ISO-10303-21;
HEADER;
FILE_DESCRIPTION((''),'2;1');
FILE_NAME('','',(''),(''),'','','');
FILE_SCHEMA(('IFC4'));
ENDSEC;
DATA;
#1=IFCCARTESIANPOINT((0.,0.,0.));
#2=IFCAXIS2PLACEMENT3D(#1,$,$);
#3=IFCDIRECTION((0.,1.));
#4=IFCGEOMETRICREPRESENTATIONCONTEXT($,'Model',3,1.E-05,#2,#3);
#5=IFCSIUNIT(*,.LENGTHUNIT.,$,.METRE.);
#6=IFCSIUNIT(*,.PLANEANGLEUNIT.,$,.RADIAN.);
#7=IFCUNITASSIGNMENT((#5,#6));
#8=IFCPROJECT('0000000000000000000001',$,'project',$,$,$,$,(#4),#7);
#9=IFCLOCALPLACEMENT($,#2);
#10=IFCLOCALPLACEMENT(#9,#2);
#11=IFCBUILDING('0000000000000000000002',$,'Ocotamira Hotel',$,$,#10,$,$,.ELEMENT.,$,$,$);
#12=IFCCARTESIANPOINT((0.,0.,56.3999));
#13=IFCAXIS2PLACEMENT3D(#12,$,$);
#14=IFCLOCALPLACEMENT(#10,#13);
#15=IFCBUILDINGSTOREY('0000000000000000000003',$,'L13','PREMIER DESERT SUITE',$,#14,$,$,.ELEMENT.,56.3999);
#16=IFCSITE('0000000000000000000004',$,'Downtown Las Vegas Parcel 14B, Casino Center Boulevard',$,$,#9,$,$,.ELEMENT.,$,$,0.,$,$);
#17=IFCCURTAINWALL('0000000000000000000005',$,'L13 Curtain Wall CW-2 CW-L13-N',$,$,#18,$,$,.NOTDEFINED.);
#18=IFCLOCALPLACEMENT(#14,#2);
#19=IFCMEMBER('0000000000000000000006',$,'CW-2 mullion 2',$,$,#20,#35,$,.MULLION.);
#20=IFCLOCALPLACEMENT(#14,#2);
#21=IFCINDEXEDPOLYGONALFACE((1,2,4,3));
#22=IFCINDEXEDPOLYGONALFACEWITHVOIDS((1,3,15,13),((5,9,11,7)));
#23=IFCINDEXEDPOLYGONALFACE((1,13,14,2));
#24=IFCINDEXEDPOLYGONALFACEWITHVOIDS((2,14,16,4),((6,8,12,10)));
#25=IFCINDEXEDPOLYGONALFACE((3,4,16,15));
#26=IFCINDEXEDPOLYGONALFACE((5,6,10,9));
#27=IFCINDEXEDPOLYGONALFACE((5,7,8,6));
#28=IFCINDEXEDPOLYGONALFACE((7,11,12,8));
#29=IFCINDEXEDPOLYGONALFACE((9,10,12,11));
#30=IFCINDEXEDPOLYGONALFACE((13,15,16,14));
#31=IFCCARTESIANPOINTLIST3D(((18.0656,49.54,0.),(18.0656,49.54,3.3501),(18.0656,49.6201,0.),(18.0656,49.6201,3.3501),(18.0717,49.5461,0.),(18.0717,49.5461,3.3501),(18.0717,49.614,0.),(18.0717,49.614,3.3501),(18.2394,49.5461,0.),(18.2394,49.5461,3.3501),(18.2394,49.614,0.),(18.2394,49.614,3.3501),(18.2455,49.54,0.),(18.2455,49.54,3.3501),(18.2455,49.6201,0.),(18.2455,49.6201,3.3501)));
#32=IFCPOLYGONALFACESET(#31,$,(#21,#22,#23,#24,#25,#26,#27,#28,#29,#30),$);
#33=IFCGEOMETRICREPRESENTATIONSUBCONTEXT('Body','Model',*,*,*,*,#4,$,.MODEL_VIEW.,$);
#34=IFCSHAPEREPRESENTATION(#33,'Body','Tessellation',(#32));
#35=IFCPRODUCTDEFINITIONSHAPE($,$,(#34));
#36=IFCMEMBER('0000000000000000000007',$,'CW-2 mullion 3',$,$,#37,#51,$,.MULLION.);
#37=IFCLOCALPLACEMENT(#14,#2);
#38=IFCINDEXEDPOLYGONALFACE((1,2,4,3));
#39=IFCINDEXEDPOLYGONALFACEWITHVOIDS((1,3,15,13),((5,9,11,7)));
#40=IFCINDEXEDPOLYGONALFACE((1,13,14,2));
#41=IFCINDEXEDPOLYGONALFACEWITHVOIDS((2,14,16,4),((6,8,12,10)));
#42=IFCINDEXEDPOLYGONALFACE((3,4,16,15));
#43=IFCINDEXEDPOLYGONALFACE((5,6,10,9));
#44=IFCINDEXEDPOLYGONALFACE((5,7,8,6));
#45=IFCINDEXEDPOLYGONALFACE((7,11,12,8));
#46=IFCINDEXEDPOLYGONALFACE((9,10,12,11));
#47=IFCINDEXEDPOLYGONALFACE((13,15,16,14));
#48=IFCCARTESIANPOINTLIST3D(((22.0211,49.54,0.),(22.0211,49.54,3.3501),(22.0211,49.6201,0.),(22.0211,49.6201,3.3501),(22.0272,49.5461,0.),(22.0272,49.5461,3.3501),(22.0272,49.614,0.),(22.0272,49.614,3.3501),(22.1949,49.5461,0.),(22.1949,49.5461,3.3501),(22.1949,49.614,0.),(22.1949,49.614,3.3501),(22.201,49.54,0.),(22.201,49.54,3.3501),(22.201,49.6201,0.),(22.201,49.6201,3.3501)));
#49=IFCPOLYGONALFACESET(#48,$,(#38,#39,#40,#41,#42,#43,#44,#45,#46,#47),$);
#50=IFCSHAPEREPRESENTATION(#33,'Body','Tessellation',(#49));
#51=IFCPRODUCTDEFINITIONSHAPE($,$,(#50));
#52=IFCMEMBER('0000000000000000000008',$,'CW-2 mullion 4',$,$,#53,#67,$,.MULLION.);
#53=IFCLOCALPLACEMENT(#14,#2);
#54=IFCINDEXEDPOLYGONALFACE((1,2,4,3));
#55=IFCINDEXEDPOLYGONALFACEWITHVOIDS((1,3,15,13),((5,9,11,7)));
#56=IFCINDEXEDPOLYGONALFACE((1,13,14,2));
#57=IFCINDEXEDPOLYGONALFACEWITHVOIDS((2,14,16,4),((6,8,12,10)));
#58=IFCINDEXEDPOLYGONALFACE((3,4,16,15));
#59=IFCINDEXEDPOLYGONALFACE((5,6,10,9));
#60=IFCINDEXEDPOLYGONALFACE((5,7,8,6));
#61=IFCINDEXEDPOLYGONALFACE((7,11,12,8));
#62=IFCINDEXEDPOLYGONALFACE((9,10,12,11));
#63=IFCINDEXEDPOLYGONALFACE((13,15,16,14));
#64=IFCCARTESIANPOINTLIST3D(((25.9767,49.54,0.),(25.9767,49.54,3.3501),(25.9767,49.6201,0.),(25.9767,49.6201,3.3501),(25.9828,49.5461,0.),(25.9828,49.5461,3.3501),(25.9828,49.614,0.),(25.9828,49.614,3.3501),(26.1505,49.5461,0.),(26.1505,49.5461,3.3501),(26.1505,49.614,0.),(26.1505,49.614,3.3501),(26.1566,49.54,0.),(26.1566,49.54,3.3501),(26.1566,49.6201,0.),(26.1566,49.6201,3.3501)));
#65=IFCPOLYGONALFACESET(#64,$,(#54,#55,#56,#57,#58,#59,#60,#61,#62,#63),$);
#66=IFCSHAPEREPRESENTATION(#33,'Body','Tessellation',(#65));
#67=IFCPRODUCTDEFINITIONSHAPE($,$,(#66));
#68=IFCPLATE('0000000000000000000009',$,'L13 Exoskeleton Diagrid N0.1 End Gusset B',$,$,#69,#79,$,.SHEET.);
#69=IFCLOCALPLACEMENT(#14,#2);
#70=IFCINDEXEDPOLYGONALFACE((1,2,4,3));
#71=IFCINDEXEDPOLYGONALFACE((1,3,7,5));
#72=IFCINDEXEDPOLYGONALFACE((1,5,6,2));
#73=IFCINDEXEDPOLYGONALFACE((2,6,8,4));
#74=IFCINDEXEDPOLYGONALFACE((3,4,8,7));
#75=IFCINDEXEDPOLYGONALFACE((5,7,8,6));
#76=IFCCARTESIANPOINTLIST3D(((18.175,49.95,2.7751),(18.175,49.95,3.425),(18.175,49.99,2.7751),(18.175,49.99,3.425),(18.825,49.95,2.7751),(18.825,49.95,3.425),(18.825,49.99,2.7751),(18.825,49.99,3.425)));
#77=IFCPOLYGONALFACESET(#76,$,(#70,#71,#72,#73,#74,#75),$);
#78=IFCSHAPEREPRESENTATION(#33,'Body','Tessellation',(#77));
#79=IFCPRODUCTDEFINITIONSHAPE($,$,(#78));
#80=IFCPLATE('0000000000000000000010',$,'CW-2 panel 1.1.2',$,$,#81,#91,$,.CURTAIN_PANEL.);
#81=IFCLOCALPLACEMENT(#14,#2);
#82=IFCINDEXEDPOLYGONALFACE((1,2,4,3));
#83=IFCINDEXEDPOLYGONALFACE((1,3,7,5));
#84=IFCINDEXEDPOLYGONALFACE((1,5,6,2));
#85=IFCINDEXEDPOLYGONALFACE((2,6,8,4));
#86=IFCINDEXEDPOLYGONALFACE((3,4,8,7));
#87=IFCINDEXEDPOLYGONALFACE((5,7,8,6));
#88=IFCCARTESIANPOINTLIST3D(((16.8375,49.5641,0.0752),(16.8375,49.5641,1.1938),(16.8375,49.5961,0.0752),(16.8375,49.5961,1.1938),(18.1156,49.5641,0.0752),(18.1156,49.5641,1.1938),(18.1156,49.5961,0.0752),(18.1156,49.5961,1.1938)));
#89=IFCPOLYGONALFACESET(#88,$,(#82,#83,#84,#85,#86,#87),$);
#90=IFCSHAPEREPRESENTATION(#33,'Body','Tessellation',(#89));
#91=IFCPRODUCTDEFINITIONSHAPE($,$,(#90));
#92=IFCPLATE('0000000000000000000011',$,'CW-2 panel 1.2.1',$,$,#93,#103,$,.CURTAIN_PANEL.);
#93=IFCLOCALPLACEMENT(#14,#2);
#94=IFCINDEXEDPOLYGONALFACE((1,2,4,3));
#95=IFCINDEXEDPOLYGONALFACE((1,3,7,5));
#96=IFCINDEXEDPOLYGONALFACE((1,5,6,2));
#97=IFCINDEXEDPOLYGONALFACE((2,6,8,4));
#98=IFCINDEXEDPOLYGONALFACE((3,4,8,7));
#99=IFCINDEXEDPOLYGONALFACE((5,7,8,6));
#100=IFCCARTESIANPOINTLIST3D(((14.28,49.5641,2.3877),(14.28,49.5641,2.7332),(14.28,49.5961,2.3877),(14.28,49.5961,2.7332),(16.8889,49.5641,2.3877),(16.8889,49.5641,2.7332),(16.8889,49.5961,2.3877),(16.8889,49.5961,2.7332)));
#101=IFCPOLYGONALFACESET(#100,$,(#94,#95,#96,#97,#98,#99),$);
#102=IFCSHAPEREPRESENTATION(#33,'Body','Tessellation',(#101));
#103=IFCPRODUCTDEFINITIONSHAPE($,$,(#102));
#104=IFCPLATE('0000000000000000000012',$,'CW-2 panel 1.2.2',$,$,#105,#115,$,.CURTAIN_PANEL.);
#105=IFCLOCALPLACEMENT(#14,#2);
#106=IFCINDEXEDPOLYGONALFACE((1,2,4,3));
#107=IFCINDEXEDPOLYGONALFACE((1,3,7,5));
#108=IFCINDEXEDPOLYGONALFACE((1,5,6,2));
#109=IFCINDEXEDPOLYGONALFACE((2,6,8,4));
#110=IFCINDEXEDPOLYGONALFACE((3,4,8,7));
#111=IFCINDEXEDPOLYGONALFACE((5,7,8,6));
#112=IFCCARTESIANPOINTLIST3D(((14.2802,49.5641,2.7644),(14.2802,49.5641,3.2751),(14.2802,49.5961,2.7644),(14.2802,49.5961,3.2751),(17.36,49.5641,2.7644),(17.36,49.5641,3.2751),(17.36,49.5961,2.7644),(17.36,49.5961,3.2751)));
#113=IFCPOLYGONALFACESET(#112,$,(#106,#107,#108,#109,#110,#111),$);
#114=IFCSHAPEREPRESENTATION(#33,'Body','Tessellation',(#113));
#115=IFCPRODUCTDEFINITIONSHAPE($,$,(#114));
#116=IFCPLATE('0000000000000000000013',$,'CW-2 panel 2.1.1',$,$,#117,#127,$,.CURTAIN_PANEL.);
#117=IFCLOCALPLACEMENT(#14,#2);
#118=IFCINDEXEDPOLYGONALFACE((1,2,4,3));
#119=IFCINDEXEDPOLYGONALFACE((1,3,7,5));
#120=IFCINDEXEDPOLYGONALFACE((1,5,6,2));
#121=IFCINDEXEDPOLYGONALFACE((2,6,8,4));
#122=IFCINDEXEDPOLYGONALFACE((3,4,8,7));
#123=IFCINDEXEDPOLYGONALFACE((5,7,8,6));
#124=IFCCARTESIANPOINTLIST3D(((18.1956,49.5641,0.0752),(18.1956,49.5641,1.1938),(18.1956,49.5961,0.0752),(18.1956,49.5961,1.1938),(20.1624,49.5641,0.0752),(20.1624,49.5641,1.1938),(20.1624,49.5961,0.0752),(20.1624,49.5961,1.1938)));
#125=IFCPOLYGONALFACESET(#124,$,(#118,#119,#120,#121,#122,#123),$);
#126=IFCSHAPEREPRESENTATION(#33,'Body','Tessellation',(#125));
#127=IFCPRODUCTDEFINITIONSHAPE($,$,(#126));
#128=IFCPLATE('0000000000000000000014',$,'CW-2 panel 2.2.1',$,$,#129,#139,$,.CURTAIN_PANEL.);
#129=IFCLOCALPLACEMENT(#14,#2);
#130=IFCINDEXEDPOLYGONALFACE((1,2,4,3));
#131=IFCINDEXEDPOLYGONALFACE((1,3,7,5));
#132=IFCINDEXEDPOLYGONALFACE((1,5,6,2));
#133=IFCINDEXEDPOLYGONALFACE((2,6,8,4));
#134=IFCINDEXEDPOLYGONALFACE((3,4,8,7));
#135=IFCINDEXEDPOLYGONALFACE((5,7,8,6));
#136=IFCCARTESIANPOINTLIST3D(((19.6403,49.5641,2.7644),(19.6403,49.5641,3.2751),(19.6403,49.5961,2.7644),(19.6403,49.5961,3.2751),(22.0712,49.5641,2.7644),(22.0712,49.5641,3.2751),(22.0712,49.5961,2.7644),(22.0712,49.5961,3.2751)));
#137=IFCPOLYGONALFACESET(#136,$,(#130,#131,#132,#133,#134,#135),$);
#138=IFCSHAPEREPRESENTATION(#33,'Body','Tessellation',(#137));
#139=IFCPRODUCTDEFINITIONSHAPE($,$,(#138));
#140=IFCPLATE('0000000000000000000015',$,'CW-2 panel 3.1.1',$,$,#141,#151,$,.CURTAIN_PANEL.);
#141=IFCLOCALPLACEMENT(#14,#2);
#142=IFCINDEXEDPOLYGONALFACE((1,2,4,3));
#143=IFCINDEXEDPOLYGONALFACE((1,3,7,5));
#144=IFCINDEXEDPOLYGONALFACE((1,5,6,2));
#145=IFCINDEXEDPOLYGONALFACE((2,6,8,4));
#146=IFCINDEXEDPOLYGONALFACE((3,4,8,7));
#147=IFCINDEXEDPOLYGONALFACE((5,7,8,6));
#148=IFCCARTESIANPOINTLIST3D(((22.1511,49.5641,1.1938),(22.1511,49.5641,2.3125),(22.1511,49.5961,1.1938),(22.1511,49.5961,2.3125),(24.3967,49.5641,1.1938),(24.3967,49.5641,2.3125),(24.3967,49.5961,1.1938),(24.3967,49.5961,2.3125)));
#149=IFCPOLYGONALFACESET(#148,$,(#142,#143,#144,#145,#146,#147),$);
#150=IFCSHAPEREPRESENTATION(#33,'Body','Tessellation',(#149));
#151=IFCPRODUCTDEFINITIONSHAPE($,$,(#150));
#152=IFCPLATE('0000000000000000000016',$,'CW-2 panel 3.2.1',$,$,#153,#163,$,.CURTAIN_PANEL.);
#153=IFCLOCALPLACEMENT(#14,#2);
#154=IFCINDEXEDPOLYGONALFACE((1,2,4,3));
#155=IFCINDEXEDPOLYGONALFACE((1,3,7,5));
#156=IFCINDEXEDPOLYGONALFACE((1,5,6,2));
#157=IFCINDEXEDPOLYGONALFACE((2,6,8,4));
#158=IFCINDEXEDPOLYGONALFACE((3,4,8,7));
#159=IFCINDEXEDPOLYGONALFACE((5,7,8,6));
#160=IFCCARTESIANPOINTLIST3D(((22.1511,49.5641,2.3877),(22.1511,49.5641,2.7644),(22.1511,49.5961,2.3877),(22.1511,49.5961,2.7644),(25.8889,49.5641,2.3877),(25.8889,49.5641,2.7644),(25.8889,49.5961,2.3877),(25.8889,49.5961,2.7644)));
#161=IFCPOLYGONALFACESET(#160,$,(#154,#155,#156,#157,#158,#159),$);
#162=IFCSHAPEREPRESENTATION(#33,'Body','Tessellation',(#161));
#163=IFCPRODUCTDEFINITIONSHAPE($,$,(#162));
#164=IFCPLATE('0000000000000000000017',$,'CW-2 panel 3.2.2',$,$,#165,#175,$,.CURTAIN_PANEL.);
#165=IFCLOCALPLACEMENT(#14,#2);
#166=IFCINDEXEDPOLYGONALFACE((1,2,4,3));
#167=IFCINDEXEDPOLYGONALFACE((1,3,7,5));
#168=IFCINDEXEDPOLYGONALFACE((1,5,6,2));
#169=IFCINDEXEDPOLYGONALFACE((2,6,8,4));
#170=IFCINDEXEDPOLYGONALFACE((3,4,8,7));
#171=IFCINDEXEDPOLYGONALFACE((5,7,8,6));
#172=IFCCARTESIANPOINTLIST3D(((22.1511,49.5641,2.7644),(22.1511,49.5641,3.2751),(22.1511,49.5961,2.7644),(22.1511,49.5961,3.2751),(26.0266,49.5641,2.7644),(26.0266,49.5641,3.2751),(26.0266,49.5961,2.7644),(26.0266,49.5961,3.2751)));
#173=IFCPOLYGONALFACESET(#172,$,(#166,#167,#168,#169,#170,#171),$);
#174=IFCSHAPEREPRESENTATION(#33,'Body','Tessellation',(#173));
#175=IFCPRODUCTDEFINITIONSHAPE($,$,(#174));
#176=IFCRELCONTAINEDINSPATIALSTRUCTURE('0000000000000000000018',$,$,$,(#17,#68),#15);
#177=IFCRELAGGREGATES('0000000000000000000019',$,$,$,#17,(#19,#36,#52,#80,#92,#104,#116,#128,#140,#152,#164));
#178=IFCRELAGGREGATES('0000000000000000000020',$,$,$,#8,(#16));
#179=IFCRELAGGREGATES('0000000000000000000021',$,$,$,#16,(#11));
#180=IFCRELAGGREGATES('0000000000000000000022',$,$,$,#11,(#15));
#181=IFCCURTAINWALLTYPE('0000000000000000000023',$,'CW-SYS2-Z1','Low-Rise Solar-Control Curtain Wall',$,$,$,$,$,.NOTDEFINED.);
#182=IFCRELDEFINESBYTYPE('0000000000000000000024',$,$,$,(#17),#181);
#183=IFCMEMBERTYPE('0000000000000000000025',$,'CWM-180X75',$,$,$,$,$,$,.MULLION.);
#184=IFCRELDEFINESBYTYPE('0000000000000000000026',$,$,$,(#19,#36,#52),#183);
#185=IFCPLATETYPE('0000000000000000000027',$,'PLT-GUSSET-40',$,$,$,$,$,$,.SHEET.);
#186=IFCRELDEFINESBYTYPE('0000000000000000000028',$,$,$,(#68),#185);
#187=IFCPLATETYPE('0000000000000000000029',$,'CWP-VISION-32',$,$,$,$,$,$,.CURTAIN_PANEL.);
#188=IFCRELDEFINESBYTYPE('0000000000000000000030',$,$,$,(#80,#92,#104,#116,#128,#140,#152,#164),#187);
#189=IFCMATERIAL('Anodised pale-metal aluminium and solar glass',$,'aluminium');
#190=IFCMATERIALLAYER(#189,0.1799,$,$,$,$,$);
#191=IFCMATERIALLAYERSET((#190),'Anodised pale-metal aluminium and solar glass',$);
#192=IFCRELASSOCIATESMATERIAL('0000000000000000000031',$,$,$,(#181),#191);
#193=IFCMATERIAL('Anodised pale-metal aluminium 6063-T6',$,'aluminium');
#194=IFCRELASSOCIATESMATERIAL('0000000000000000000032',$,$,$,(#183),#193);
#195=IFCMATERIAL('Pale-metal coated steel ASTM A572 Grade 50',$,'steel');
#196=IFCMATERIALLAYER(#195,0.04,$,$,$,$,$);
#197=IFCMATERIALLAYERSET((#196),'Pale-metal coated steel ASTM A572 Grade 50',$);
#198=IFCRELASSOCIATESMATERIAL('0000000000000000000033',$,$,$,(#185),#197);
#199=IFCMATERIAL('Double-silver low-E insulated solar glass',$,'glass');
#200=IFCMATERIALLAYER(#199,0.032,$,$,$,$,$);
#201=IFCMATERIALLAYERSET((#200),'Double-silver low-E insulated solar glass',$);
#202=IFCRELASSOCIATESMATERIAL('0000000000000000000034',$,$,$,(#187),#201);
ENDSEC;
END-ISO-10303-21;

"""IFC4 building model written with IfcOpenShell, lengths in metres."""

from ifc_helpers import new_model, si_unit, direction, frame, origin, origin_2d, place, context, subcontext, project, spatial, rectangle, hollow_rectangle, extrude, source, transform, mapped, material, layer, layer_set, material_profile, profile_set, type_object, element, aggregate, save


model = new_model("IFC4")

# Units and contexts
model_context = context("Model", 3, precision=1e-05, world=origin(), true_north=direction((0.0, 1.0)))
body_context = subcontext(model_context, "Body", "Model", "MODEL_VIEW")
ifc_project = project(units=[si_unit("LENGTHUNIT", "METRE"), si_unit("PLANEANGLEUNIT", "RADIAN")], contexts=[model_context])

# Site, building, storey
site_placement = place(None, origin())
site = spatial("IfcSite", under=ifc_project, at=site_placement, Name="Downtown Las Vegas Parcel 14B, Casino Center Boulevard", CompositionType="ELEMENT", RefElevation=0.0)
building_placement = place(site_placement, origin())
building = spatial("IfcBuilding", under=site, at=building_placement, Name="Ocotamira Hotel", CompositionType="ELEMENT")
storey_placement = place(building_placement, frame((0.0, 0.0, 56.3999)))
storey = spatial("IfcBuildingStorey", under=building, at=storey_placement, Name="L13", Description="PREMIER DESERT SUITE", CompositionType="ELEMENT", Elevation=56.3999)

# Curtain wall, members
ifc_material_1 = material(Name="Anodised pale-metal aluminium and solar glass", Category="aluminium")
ifc_layer_1 = layer(ifc_material_1, 0.1799)
ifc_layer_set_1 = layer_set([ifc_layer_1], Name="Anodised pale-metal aluminium and solar glass")
curtain_wall_type = type_object("IfcCurtainWallType", Name="CW-SYS2-Z1", Description="Low-Rise Solar-Control Curtain Wall", PredefinedType="NOTDEFINED", material=ifc_layer_set_1)
curtain_wall_placement = place(storey_placement, origin())
curtain_wall = element("IfcCurtainWall", 1, at=curtain_wall_placement, inside=storey, type_object=curtain_wall_type, Name="L13 Curtain Wall CW-2 CW-L13-N", PredefinedType="NOTDEFINED")
ifc_material_2 = material(Name="Anodised pale-metal aluminium 6063-T6", Category="aluminium")
ifc_material_profile_1 = material_profile(ifc_material_2, hollow_rectangle(XDim=0.0801, YDim=0.1799, WallThickness=0.0061, at=origin_2d()), Name="HSS180X80X6")
ifc_profile_set_1 = profile_set([ifc_material_profile_1], Name="Anodised pale-metal aluminium 6063-T6")
member_type_1 = type_object("IfcMemberType", Name="CWM-180X75", PredefinedType="MULLION", material=ifc_profile_set_1)
shared_shape_1 = source(origin(), body_context, "Body", "SweptSolid", [
    extrude(hollow_rectangle(XDim=0.0801, YDim=0.1799, WallThickness=0.0061, at=origin_2d()), origin(), (0.0, 0.0, 1.0), 3.3501),
])
member_1_placement = place(storey_placement, frame((18.1555, 49.5801, 0.0), z_axis=(0.0, 0.0, 1.0), x_axis=(0.0, 1.0, 0.0)))
member_1 = element("IfcMember", 2, at=member_1_placement, type_object=member_type_1, Name="CW-2 mullion 2", PredefinedType="MULLION", context=body_context, shape_type="MappedRepresentation", body=[
    mapped(shared_shape_1, transform((0.0, 0.0, 0.0), scale=1.0)),
])
member_2_placement = place(storey_placement, frame((22.1111, 49.5801, 0.0), z_axis=(0.0, 0.0, 1.0), x_axis=(0.0, 1.0, 0.0)))
member_2 = element("IfcMember", 3, at=member_2_placement, type_object=member_type_1, Name="CW-2 mullion 3", PredefinedType="MULLION", context=body_context, shape_type="MappedRepresentation", body=[
    mapped(shared_shape_1, transform((0.0, 0.0, 0.0), scale=1.0)),
])
member_3_placement = place(storey_placement, frame((26.0667, 49.5801, 0.0), z_axis=(0.0, 0.0, 1.0), x_axis=(0.0, 1.0, 0.0)))
member_3 = element("IfcMember", 4, at=member_3_placement, type_object=member_type_1, Name="CW-2 mullion 4", PredefinedType="MULLION", context=body_context, shape_type="MappedRepresentation", body=[
    mapped(shared_shape_1, transform((0.0, 0.0, 0.0), scale=1.0)),
])

# Plates
ifc_material_3 = material(Name="Pale-metal coated steel ASTM A572 Grade 50", Category="steel")
ifc_layer_2 = layer(ifc_material_3, 0.04)
ifc_layer_set_2 = layer_set([ifc_layer_2], Name="Pale-metal coated steel ASTM A572 Grade 50")
plate_type_1 = type_object("IfcPlateType", Name="PLT-GUSSET-40", PredefinedType="SHEET", material=ifc_layer_set_2)
shared_shape_2 = source(origin(), body_context, "Body", "SweptSolid", [
    extrude(rectangle(XDim=0.6499, YDim=0.04, at=origin_2d()), origin(), (0.0, 0.0, 1.0), 0.6499),
])
plate_1_placement = place(storey_placement, frame((18.5, 49.97, 2.7751), z_axis=(0.0, 0.0, 1.0), x_axis=(1.0, 0.0, 0.0)))
element("IfcPlate", 5, at=plate_1_placement, inside=storey, type_object=plate_type_1, Name="L13 Exoskeleton Diagrid N0.1 End Gusset B", PredefinedType="SHEET", context=body_context, shape_type="MappedRepresentation", body=[
    mapped(shared_shape_2, transform((0.0, 0.0, 0.0), scale=1.0)),
])
ifc_material_4 = material(Name="Double-silver low-E insulated solar glass", Category="glass")
ifc_layer_3 = layer(ifc_material_4, 0.032)
ifc_layer_set_3 = layer_set([ifc_layer_3], Name="Double-silver low-E insulated solar glass")
plate_type_2 = type_object("IfcPlateType", Name="CWP-VISION-32", PredefinedType="CURTAIN_PANEL", material=ifc_layer_set_3)
shared_shape_3 = source(origin(), body_context, "Body", "SweptSolid", [
    extrude(rectangle(XDim=1.2781, YDim=0.032, at=origin_2d()), origin(), (0.0, 0.0, 1.0), 1.1187),
])
plate_2_placement = place(storey_placement, frame((17.4766, 49.5801, 0.0752), z_axis=(0.0, 0.0, 1.0), x_axis=(1.0, 0.0, 0.0)))
plate_2 = element("IfcPlate", 6, at=plate_2_placement, type_object=plate_type_2, Name="CW-2 panel 1.1.2", PredefinedType="CURTAIN_PANEL", context=body_context, shape_type="MappedRepresentation", body=[
    mapped(shared_shape_3, transform((0.0, 0.0, 0.0), scale=1.0)),
])
shared_shape_4 = source(origin(), body_context, "Body", "SweptSolid", [
    extrude(rectangle(XDim=2.6089, YDim=0.032, at=origin_2d()), origin(), (0.0, 0.0, 1.0), 0.3455),
])
plate_3_placement = place(storey_placement, frame((15.5845, 49.5801, 2.3877), z_axis=(0.0, 0.0, 1.0), x_axis=(1.0, 0.0, 0.0)))
plate_3 = element("IfcPlate", 7, at=plate_3_placement, type_object=plate_type_2, Name="CW-2 panel 1.2.1", PredefinedType="CURTAIN_PANEL", context=body_context, shape_type="MappedRepresentation", body=[
    mapped(shared_shape_4, transform((0.0, 0.0, 0.0), scale=1.0)),
])
shared_shape_5 = source(origin(), body_context, "Body", "SweptSolid", [
    extrude(rectangle(XDim=3.0798, YDim=0.032, at=origin_2d()), origin(), (0.0, 0.0, 1.0), 0.5107),
])
plate_4_placement = place(storey_placement, frame((15.8201, 49.5801, 2.7644), z_axis=(0.0, 0.0, 1.0), x_axis=(1.0, 0.0, 0.0)))
plate_4 = element("IfcPlate", 8, at=plate_4_placement, type_object=plate_type_2, Name="CW-2 panel 1.2.2", PredefinedType="CURTAIN_PANEL", context=body_context, shape_type="MappedRepresentation", body=[
    mapped(shared_shape_5, transform((0.0, 0.0, 0.0), scale=1.0)),
])
shared_shape_6 = source(origin(), body_context, "Body", "SweptSolid", [
    extrude(rectangle(XDim=1.9668, YDim=0.032, at=origin_2d()), origin(), (0.0, 0.0, 1.0), 1.1187),
])
plate_5_placement = place(storey_placement, frame((19.179, 49.5801, 0.0752), z_axis=(0.0, 0.0, 1.0), x_axis=(1.0, 0.0, 0.0)))
plate_5 = element("IfcPlate", 9, at=plate_5_placement, type_object=plate_type_2, Name="CW-2 panel 2.1.1", PredefinedType="CURTAIN_PANEL", context=body_context, shape_type="MappedRepresentation", body=[
    mapped(shared_shape_6, transform((0.0, 0.0, 0.0), scale=1.0)),
])
shared_shape_7 = source(origin(), body_context, "Body", "SweptSolid", [
    extrude(rectangle(XDim=2.4309, YDim=0.032, at=origin_2d()), origin(), (0.0, 0.0, 1.0), 0.5107),
])
plate_6_placement = place(storey_placement, frame((20.8557, 49.5801, 2.7644), z_axis=(0.0, 0.0, 1.0), x_axis=(1.0, 0.0, 0.0)))
plate_6 = element("IfcPlate", 10, at=plate_6_placement, type_object=plate_type_2, Name="CW-2 panel 2.2.1", PredefinedType="CURTAIN_PANEL", context=body_context, shape_type="MappedRepresentation", body=[
    mapped(shared_shape_7, transform((0.0, 0.0, 0.0), scale=1.0)),
])
shared_shape_8 = source(origin(), body_context, "Body", "SweptSolid", [
    extrude(rectangle(XDim=2.2456, YDim=0.032, at=origin_2d()), origin(), (0.0, 0.0, 1.0), 1.1187),
])
plate_7_placement = place(storey_placement, frame((23.2739, 49.5801, 1.1938), z_axis=(0.0, 0.0, 1.0), x_axis=(1.0, 0.0, 0.0)))
plate_7 = element("IfcPlate", 11, at=plate_7_placement, type_object=plate_type_2, Name="CW-2 panel 3.1.1", PredefinedType="CURTAIN_PANEL", context=body_context, shape_type="MappedRepresentation", body=[
    mapped(shared_shape_8, transform((0.0, 0.0, 0.0), scale=1.0)),
])
shared_shape_9 = source(origin(), body_context, "Body", "SweptSolid", [
    extrude(rectangle(XDim=3.7378, YDim=0.032, at=origin_2d()), origin(), (0.0, 0.0, 1.0), 0.3767),
])
plate_8_placement = place(storey_placement, frame((24.02, 49.5801, 2.3877), z_axis=(0.0, 0.0, 1.0), x_axis=(1.0, 0.0, 0.0)))
plate_8 = element("IfcPlate", 12, at=plate_8_placement, type_object=plate_type_2, Name="CW-2 panel 3.2.1", PredefinedType="CURTAIN_PANEL", context=body_context, shape_type="MappedRepresentation", body=[
    mapped(shared_shape_9, transform((0.0, 0.0, 0.0), scale=1.0)),
])
shared_shape_10 = source(origin(), body_context, "Body", "SweptSolid", [
    extrude(rectangle(XDim=3.8755, YDim=0.032, at=origin_2d()), origin(), (0.0, 0.0, 1.0), 0.5107),
])
plate_9_placement = place(storey_placement, frame((24.0889, 49.5801, 2.7644), z_axis=(0.0, 0.0, 1.0), x_axis=(1.0, 0.0, 0.0)))
plate_9 = element("IfcPlate", 13, at=plate_9_placement, type_object=plate_type_2, Name="CW-2 panel 3.2.2", PredefinedType="CURTAIN_PANEL", context=body_context, shape_type="MappedRepresentation", body=[
    mapped(shared_shape_10, transform((0.0, 0.0, 0.0), scale=1.0)),
])
aggregate(curtain_wall, [member_1, member_2, member_3, plate_2, plate_3, plate_4, plate_5, plate_6, plate_7, plate_8, plate_9])

save(model, "model.ifc")
